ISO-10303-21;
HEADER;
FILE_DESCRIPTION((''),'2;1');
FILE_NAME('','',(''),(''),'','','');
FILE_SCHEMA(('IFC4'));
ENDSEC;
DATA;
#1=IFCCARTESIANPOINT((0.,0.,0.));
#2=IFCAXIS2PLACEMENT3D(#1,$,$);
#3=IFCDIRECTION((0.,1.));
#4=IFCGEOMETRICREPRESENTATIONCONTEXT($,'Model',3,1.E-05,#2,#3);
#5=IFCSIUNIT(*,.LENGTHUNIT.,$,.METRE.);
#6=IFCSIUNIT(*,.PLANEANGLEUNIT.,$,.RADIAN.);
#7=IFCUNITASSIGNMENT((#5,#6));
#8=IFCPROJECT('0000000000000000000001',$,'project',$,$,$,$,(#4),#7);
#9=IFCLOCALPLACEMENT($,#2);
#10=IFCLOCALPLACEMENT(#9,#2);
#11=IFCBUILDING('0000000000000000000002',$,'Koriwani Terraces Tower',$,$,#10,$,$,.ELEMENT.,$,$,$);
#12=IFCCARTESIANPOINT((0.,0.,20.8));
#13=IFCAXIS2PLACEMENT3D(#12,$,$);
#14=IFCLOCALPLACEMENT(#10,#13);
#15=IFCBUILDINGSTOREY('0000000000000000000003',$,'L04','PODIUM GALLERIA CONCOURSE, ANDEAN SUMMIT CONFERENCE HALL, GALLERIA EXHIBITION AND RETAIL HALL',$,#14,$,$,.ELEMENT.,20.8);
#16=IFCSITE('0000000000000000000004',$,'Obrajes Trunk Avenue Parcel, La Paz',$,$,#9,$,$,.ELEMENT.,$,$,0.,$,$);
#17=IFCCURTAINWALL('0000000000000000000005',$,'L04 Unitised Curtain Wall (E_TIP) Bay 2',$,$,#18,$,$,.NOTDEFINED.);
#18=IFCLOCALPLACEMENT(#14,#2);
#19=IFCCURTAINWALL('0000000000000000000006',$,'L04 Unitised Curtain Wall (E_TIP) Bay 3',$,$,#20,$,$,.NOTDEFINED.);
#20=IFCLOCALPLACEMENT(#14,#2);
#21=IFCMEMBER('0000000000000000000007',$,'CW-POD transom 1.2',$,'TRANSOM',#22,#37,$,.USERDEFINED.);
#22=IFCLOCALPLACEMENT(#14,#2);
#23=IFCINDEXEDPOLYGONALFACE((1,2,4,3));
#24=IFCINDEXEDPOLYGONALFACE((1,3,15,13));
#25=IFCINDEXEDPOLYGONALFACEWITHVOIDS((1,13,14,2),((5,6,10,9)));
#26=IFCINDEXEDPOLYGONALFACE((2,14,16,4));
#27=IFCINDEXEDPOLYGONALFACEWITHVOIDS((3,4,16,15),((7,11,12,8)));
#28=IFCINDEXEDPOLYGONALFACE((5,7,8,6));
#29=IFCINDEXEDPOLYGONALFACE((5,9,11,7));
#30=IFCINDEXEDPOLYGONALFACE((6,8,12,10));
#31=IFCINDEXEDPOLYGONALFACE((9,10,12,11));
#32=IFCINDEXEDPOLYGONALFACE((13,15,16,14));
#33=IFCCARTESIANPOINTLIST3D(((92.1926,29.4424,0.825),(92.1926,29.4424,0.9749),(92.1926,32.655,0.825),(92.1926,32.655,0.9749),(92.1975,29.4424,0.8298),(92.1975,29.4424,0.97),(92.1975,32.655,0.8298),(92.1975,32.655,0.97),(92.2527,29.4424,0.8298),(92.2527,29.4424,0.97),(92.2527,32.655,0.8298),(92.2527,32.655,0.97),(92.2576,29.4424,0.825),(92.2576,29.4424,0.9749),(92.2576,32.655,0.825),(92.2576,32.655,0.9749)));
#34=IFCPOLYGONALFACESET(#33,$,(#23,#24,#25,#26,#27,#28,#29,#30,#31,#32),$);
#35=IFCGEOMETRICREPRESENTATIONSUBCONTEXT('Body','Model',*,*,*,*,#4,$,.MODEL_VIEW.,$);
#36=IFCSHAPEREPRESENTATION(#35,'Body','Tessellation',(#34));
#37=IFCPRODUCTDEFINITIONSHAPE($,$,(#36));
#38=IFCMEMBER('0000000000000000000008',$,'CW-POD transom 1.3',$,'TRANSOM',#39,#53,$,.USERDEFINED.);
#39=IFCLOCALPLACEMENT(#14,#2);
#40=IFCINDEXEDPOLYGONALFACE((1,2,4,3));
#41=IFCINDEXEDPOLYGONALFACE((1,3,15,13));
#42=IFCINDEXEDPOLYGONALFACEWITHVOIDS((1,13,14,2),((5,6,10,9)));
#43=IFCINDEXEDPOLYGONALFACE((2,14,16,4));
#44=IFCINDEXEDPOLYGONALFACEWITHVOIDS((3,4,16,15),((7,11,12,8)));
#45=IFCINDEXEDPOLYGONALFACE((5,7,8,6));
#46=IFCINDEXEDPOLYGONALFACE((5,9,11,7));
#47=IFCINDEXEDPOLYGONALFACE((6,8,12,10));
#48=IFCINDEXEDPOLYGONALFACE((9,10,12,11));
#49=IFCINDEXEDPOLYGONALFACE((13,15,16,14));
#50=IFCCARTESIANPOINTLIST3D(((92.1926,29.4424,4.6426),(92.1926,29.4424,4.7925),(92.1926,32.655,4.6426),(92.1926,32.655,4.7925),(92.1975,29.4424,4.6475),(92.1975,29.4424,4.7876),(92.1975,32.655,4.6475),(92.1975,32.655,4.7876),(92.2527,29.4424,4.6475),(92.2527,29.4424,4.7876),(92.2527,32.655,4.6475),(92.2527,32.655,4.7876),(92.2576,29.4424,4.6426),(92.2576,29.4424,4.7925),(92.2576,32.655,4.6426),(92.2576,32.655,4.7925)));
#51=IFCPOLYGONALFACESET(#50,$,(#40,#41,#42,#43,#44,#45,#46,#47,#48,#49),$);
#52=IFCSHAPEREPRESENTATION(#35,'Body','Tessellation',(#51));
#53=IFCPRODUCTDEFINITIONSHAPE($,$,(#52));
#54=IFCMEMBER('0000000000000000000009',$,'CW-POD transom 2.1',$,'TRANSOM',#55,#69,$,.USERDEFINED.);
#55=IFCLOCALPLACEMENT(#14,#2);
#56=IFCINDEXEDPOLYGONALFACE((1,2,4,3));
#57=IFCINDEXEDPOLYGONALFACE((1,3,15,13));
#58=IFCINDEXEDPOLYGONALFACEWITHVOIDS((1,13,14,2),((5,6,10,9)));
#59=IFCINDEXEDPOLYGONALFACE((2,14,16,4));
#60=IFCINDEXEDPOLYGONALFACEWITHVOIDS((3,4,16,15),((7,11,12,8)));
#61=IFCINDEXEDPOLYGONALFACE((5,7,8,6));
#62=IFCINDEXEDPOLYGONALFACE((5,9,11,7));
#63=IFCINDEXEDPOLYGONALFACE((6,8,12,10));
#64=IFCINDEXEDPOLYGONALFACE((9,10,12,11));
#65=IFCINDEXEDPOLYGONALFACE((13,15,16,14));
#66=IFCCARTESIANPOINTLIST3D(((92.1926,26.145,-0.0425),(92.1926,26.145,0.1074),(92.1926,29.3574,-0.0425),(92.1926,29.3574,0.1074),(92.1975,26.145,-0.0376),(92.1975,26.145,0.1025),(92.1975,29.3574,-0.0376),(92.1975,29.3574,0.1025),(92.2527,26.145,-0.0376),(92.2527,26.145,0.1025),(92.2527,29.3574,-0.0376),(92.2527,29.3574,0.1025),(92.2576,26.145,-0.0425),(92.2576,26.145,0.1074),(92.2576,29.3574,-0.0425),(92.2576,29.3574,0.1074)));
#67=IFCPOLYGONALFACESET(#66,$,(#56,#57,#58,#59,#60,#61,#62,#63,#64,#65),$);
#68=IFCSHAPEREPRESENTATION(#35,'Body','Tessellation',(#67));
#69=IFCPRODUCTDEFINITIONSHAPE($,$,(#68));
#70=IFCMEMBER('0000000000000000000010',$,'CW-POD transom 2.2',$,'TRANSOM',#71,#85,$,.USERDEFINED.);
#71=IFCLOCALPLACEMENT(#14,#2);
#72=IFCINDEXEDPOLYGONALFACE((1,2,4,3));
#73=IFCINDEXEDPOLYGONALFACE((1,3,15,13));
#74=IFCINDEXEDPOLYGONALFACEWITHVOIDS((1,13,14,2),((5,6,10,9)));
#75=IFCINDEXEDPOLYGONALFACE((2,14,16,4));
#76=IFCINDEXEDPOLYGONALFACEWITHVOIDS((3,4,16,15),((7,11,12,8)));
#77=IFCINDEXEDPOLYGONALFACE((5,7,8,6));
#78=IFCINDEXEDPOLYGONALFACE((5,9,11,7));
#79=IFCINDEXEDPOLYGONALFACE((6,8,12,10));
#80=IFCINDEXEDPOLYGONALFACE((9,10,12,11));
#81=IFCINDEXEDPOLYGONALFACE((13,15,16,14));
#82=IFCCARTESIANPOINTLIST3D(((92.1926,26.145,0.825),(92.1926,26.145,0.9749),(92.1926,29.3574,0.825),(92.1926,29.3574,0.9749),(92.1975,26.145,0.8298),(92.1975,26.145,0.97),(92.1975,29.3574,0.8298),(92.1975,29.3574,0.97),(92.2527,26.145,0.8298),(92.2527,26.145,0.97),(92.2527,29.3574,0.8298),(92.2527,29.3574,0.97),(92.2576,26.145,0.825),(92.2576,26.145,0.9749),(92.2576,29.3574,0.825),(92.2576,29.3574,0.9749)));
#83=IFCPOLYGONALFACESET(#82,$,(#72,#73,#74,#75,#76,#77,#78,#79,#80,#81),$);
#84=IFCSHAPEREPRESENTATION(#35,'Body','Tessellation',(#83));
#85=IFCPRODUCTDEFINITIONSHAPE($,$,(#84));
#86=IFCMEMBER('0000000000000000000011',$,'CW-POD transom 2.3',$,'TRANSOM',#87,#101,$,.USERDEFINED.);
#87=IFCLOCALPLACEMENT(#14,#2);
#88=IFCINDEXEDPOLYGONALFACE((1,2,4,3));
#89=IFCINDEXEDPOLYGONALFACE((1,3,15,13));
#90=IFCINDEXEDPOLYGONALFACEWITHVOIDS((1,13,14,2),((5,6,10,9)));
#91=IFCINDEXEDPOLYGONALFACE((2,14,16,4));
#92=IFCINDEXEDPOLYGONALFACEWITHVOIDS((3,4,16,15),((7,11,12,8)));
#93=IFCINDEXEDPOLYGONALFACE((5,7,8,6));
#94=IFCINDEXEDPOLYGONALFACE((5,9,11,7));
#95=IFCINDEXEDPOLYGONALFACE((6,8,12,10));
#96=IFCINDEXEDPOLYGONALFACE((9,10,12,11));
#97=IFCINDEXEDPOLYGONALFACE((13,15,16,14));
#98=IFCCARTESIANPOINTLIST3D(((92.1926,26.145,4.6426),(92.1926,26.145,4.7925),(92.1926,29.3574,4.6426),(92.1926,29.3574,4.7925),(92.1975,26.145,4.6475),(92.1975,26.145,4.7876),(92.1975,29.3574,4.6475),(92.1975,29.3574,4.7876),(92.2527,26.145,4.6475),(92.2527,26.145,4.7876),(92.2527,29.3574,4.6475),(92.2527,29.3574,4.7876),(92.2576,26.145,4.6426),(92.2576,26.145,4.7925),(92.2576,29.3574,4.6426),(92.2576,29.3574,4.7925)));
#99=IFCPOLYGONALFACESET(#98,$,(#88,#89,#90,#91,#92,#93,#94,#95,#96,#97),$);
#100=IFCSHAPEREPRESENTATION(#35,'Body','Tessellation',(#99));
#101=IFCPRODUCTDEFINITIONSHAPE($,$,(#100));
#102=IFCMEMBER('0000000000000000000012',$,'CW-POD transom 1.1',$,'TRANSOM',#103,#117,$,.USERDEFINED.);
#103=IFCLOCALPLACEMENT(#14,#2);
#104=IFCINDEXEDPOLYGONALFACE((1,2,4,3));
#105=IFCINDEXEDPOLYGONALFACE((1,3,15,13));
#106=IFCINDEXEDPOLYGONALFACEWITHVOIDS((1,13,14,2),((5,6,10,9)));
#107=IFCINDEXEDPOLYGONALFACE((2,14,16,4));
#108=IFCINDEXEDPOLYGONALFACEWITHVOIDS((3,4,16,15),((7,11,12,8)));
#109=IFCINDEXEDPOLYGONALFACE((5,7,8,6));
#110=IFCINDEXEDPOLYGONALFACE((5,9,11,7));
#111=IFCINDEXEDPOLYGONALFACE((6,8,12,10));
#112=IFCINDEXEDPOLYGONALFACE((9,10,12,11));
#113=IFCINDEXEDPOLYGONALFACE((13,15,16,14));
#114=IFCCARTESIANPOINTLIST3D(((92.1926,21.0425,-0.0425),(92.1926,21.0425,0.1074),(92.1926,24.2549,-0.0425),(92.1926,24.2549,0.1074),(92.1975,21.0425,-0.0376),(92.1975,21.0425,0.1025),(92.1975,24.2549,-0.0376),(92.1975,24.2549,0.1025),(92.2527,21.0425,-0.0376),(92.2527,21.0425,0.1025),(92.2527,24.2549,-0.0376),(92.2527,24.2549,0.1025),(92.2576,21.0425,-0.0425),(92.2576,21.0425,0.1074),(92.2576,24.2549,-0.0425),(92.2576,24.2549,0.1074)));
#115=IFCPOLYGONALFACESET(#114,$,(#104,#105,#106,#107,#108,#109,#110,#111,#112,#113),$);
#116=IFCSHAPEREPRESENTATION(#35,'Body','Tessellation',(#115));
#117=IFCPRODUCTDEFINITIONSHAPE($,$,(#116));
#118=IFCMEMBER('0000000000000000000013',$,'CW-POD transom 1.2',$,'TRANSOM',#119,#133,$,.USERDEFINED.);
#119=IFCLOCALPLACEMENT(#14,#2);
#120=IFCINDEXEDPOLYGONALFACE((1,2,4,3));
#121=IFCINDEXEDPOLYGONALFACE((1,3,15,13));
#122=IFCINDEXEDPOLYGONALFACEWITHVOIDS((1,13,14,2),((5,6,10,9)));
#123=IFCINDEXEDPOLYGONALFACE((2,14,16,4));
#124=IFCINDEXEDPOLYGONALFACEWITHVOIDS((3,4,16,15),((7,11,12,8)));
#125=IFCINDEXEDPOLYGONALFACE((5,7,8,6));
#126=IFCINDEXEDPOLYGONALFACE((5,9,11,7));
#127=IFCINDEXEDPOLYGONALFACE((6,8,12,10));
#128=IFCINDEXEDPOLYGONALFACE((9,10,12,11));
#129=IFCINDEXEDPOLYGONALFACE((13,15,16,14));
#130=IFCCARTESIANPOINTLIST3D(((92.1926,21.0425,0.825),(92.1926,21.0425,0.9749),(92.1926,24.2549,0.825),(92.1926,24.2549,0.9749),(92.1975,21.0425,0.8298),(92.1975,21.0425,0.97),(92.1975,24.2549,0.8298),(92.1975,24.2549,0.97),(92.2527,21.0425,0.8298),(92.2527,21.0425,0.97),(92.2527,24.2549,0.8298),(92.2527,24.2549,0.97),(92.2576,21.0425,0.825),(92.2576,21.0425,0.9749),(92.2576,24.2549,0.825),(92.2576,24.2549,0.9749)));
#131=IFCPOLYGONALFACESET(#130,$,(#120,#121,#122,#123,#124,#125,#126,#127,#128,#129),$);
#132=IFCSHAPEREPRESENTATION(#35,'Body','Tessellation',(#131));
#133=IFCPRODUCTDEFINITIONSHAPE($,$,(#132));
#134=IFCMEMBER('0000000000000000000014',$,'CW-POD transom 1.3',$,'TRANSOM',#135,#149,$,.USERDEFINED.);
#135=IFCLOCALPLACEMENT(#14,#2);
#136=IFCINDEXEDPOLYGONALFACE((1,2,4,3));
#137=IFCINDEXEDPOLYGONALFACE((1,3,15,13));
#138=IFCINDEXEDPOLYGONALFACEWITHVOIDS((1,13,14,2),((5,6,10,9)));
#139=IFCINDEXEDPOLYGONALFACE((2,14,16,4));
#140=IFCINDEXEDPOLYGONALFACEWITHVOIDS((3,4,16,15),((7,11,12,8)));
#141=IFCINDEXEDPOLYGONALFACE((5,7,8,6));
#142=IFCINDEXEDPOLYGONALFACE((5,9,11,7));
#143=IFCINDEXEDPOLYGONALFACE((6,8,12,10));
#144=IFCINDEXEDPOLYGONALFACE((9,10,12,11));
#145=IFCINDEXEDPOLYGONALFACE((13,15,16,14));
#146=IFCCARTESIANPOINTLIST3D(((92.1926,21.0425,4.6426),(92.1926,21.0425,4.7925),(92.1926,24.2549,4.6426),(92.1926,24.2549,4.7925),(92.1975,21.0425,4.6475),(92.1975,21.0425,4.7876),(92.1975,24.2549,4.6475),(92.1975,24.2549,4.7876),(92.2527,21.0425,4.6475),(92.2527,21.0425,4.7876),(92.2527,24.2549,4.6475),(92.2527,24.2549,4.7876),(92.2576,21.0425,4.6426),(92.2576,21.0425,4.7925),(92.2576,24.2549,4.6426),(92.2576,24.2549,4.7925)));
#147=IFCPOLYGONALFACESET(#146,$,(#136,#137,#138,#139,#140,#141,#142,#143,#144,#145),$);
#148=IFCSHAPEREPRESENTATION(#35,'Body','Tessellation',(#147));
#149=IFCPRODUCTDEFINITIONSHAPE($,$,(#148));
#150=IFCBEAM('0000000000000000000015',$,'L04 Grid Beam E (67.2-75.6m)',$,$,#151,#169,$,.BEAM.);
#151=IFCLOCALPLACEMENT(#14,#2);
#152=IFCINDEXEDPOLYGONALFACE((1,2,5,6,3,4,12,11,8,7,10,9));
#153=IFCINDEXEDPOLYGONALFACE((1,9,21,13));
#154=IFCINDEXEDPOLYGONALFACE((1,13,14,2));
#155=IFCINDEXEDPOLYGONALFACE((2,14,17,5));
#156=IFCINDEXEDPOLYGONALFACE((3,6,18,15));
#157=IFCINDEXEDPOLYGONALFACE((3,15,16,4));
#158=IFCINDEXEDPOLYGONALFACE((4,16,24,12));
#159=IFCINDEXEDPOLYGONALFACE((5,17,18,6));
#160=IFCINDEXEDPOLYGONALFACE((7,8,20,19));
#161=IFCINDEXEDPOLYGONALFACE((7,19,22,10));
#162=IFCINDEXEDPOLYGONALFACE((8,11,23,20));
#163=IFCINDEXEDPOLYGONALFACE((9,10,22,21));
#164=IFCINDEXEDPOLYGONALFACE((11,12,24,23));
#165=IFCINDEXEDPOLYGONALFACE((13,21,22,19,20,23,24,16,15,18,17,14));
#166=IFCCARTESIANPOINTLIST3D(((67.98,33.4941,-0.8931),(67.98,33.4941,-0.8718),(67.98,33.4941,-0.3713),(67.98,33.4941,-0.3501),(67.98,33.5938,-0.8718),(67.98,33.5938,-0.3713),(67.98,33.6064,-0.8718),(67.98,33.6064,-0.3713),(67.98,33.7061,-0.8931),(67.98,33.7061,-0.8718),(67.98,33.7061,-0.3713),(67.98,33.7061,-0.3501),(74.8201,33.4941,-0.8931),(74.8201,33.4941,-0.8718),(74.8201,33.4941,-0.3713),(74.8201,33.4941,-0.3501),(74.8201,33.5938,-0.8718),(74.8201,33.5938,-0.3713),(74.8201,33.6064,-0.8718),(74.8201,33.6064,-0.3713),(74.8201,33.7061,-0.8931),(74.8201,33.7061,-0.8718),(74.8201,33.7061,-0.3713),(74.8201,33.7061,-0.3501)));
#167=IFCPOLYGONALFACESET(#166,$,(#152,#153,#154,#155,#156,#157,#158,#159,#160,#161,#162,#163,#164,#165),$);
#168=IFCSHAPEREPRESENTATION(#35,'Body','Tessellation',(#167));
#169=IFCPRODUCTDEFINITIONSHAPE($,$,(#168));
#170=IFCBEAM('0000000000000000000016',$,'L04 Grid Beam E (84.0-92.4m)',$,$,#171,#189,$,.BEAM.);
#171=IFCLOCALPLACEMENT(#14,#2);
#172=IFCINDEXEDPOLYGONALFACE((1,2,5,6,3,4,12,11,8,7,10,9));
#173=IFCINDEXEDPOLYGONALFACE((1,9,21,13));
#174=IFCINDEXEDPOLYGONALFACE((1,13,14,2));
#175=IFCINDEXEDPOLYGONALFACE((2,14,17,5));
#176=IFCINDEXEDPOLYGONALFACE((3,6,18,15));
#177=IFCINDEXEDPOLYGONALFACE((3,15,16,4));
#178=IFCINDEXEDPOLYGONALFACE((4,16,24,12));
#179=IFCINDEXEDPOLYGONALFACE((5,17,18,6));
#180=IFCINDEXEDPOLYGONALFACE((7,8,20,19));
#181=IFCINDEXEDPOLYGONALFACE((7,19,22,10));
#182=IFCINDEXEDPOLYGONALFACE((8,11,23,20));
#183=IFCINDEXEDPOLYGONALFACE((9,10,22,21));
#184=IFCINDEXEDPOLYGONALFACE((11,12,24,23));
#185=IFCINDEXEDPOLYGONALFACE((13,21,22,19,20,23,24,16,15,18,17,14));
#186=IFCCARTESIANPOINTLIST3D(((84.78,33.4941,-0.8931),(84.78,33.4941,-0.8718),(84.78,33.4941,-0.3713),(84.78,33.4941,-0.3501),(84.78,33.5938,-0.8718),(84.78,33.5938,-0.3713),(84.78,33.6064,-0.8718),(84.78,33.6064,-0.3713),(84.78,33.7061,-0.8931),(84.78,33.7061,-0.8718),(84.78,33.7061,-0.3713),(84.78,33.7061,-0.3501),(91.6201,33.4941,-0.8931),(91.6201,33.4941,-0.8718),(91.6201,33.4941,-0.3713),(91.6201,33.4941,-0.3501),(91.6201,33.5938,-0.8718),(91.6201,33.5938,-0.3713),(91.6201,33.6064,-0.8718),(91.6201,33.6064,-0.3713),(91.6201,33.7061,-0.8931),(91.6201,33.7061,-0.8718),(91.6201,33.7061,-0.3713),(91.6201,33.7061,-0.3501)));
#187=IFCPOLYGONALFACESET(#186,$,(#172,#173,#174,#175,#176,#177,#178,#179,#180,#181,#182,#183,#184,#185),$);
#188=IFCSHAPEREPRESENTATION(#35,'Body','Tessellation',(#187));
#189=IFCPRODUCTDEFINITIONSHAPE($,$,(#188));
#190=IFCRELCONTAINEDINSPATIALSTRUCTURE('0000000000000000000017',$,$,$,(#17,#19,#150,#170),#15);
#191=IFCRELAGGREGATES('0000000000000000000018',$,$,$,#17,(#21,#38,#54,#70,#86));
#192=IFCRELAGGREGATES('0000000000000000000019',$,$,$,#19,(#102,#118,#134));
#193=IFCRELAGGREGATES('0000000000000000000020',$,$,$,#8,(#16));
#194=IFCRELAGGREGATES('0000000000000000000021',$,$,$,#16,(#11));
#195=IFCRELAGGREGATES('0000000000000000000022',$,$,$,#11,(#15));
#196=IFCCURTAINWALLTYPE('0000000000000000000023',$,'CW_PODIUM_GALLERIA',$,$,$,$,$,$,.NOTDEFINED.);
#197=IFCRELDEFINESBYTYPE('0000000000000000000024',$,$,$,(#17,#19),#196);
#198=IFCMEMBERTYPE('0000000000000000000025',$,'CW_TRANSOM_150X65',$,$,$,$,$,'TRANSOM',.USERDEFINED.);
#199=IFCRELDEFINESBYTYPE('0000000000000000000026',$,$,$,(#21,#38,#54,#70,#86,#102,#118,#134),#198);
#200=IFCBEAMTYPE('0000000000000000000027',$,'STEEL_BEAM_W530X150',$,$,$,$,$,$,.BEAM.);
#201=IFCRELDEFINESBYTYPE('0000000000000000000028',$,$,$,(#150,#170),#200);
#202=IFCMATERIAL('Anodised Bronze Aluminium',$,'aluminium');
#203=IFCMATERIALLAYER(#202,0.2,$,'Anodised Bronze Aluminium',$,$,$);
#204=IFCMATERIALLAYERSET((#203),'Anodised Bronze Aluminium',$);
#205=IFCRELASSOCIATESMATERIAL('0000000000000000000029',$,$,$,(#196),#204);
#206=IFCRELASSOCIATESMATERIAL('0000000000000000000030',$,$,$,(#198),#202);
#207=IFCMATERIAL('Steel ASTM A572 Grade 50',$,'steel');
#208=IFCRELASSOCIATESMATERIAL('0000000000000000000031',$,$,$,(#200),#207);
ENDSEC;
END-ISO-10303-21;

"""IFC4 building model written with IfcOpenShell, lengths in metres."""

from ifc_helpers import new_model, si_unit, direction, frame, origin, origin_2d, place, context, subcontext, project, spatial, hollow_rectangle, i_section, extrude, material, layer, layer_set, material_profile, profile_set, type_object, element, aggregate, save


model = new_model("IFC4")

# Units and contexts
model_context = context("Model", 3, precision=1e-05, world=origin(), true_north=direction((0.0, 1.0)))
body_context = subcontext(model_context, "Body", "Model", "MODEL_VIEW")
ifc_project = project(units=[si_unit("LENGTHUNIT", "METRE"), si_unit("PLANEANGLEUNIT", "RADIAN")], contexts=[model_context])

# Site, building, storey
site_placement = place(None, origin())
site = spatial("IfcSite", under=ifc_project, at=site_placement, Name="Obrajes Trunk Avenue Parcel, La Paz", CompositionType="ELEMENT", RefElevation=0.0)
building_placement = place(site_placement, origin())
building = spatial("IfcBuilding", under=site, at=building_placement, Name="Koriwani Terraces Tower", CompositionType="ELEMENT")
storey_placement = place(building_placement, frame((0.0, 0.0, 20.8)))
storey = spatial("IfcBuildingStorey", under=building, at=storey_placement, Name="L04", Description="PODIUM GALLERIA CONCOURSE, ANDEAN SUMMIT CONFERENCE HALL, GALLERIA EXHIBITION AND RETAIL HALL", CompositionType="ELEMENT", Elevation=20.8)

# Curtain wall
ifc_material_1 = material(Name="Anodised Bronze Aluminium", Category="aluminium")
ifc_layer_1 = layer(ifc_material_1, 0.2, Name="Anodised Bronze Aluminium")
ifc_layer_set_1 = layer_set([ifc_layer_1], Name="Anodised Bronze Aluminium")
curtain_wall_type = type_object("IfcCurtainWallType", Name="CW_PODIUM_GALLERIA", PredefinedType="NOTDEFINED", material=ifc_layer_set_1)
curtain_wall_1_placement = place(storey_placement, origin())
curtain_wall_1 = element("IfcCurtainWall", 1, at=curtain_wall_1_placement, inside=storey, type_object=curtain_wall_type, Name="L04 Unitised Curtain Wall (E_TIP) Bay 2", PredefinedType="NOTDEFINED")

# Curtain wall
curtain_wall_2_placement = place(storey_placement, origin())
curtain_wall_2 = element("IfcCurtainWall", 2, at=curtain_wall_2_placement, inside=storey, type_object=curtain_wall_type, Name="L04 Unitised Curtain Wall (E_TIP) Bay 3", PredefinedType="NOTDEFINED")

# Members
ifc_material_profile_1 = material_profile(ifc_material_1, hollow_rectangle(XDim=0.0649, YDim=0.1499, WallThickness=0.0049, at=origin_2d()), Name="Anodised Bronze Aluminium", Category="LoadBearing")
ifc_profile_set_1 = profile_set([ifc_material_profile_1], Name="Anodised Bronze Aluminium")
member_type_1 = type_object("IfcMemberType", Name="CW_TRANSOM_150X65", ElementType="TRANSOM", PredefinedType="USERDEFINED", material=ifc_profile_set_1)
member_1_placement = place(storey_placement, frame((92.2251, 32.655, 0.8999), z_axis=(0.0, -1.0, 0.0), x_axis=(1.0, 0.0, 0.0)))
member_1 = element("IfcMember", 3, at=member_1_placement, type_object=member_type_1, Name="CW-POD transom 1.2", ObjectType="TRANSOM", PredefinedType="USERDEFINED", context=body_context, shape_type="SweptSolid", body=[
    extrude(hollow_rectangle(XDim=0.0649, YDim=0.1499, WallThickness=0.0049, at=origin_2d()), origin(), (0.0, 0.0, 1.0), 3.2126),
])
member_2_placement = place(storey_placement, frame((92.2251, 32.655, 4.7175), z_axis=(0.0, -1.0, 0.0), x_axis=(1.0, 0.0, 0.0)))
member_2 = element("IfcMember", 4, at=member_2_placement, type_object=member_type_1, Name="CW-POD transom 1.3", ObjectType="TRANSOM", PredefinedType="USERDEFINED", context=body_context, shape_type="SweptSolid", body=[
    extrude(hollow_rectangle(XDim=0.0649, YDim=0.1499, WallThickness=0.0049, at=origin_2d()), origin(), (0.0, 0.0, 1.0), 3.2126),
])
member_3_placement = place(storey_placement, frame((92.2251, 29.3574, 0.0325), z_axis=(0.0, -1.0, 0.0), x_axis=(1.0, 0.0, 0.0)))
member_3 = element("IfcMember", 5, at=member_3_placement, type_object=member_type_1, Name="CW-POD transom 2.1", ObjectType="TRANSOM", PredefinedType="USERDEFINED", context=body_context, shape_type="SweptSolid", body=[
    extrude(hollow_rectangle(XDim=0.0649, YDim=0.1499, WallThickness=0.0049, at=origin_2d()), origin(), (0.0, 0.0, 1.0), 3.2124),
])
member_4_placement = place(storey_placement, frame((92.2251, 29.3574, 0.8999), z_axis=(0.0, -1.0, 0.0), x_axis=(1.0, 0.0, 0.0)))
member_4 = element("IfcMember", 6, at=member_4_placement, type_object=member_type_1, Name="CW-POD transom 2.2", ObjectType="TRANSOM", PredefinedType="USERDEFINED", context=body_context, shape_type="SweptSolid", body=[
    extrude(hollow_rectangle(XDim=0.0649, YDim=0.1499, WallThickness=0.0049, at=origin_2d()), origin(), (0.0, 0.0, 1.0), 3.2124),
])
member_5_placement = place(storey_placement, frame((92.2251, 29.3574, 4.7175), z_axis=(0.0, -1.0, 0.0), x_axis=(1.0, 0.0, 0.0)))
member_5 = element("IfcMember", 7, at=member_5_placement, type_object=member_type_1, Name="CW-POD transom 2.3", ObjectType="TRANSOM", PredefinedType="USERDEFINED", context=body_context, shape_type="SweptSolid", body=[
    extrude(hollow_rectangle(XDim=0.0649, YDim=0.1499, WallThickness=0.0049, at=origin_2d()), origin(), (0.0, 0.0, 1.0), 3.2124),
])
member_6_placement = place(storey_placement, frame((92.2251, 24.2549, 0.0325), z_axis=(0.0, -1.0, 0.0), x_axis=(1.0, 0.0, 0.0)))
member_6 = element("IfcMember", 8, at=member_6_placement, type_object=member_type_1, Name="CW-POD transom 1.1", ObjectType="TRANSOM", PredefinedType="USERDEFINED", context=body_context, shape_type="SweptSolid", body=[
    extrude(hollow_rectangle(XDim=0.0649, YDim=0.1499, WallThickness=0.0049, at=origin_2d()), origin(), (0.0, 0.0, 1.0), 3.2124),
])
member_7_placement = place(storey_placement, frame((92.2251, 24.2549, 0.8999), z_axis=(0.0, -1.0, 0.0), x_axis=(1.0, 0.0, 0.0)))
member_7 = element("IfcMember", 9, at=member_7_placement, type_object=member_type_1, Name="CW-POD transom 1.2", ObjectType="TRANSOM", PredefinedType="USERDEFINED", context=body_context, shape_type="SweptSolid", body=[
    extrude(hollow_rectangle(XDim=0.0649, YDim=0.1499, WallThickness=0.0049, at=origin_2d()), origin(), (0.0, 0.0, 1.0), 3.2124),
])
member_8_placement = place(storey_placement, frame((92.2251, 24.2549, 4.7175), z_axis=(0.0, -1.0, 0.0), x_axis=(1.0, 0.0, 0.0)))
member_8 = element("IfcMember", 10, at=member_8_placement, type_object=member_type_1, Name="CW-POD transom 1.3", ObjectType="TRANSOM", PredefinedType="USERDEFINED", context=body_context, shape_type="SweptSolid", body=[
    extrude(hollow_rectangle(XDim=0.0649, YDim=0.1499, WallThickness=0.0049, at=origin_2d()), origin(), (0.0, 0.0, 1.0), 3.2124),
])

# Beams
ifc_material_2 = material(Name="Steel ASTM A572 Grade 50", Category="steel")
ifc_material_profile_2 = material_profile(ifc_material_2, i_section(OverallWidth=0.2119, OverallDepth=0.543, WebThickness=0.0127, FlangeThickness=0.0212, at=origin_2d()), Name="Steel ASTM A572 Grade 50", Category="LoadBearing")
ifc_profile_set_2 = profile_set([ifc_material_profile_2], Name="Steel ASTM A572 Grade 50")
beam_type_1 = type_object("IfcBeamType", Name="STEEL_BEAM_W530X150", PredefinedType="BEAM", material=ifc_profile_set_2)
for number, where, z_axis, x_axis, name in (
    (11, (67.98, 33.6001, -0.6216), (1.0, 0.0, 0.0), (0.0, 1.0, 0.0), "L04 Grid Beam E (67.2-75.6m)"),
    (12, (84.78, 33.6001, -0.6216), (1.0, 0.0, 0.0), (0.0, 1.0, 0.0), "L04 Grid Beam E (84.0-92.4m)"),
):
    element("IfcBeam", number, at=place(storey_placement, frame(where, z_axis=z_axis, x_axis=x_axis)), inside=storey, type_object=beam_type_1, Name=name, PredefinedType="BEAM", context=body_context, shape_type="SweptSolid", body=[
        extrude(i_section(OverallWidth=0.2119, OverallDepth=0.543, WebThickness=0.0127, FlangeThickness=0.0212, at=origin_2d()), origin(), (0.0, 0.0, 1.0), 6.8401),
    ])

aggregate(curtain_wall_1, [member_1, member_2, member_3, member_4, member_5])
aggregate(curtain_wall_2, [member_6, member_7, member_8])

save(model, "model.ifc")
